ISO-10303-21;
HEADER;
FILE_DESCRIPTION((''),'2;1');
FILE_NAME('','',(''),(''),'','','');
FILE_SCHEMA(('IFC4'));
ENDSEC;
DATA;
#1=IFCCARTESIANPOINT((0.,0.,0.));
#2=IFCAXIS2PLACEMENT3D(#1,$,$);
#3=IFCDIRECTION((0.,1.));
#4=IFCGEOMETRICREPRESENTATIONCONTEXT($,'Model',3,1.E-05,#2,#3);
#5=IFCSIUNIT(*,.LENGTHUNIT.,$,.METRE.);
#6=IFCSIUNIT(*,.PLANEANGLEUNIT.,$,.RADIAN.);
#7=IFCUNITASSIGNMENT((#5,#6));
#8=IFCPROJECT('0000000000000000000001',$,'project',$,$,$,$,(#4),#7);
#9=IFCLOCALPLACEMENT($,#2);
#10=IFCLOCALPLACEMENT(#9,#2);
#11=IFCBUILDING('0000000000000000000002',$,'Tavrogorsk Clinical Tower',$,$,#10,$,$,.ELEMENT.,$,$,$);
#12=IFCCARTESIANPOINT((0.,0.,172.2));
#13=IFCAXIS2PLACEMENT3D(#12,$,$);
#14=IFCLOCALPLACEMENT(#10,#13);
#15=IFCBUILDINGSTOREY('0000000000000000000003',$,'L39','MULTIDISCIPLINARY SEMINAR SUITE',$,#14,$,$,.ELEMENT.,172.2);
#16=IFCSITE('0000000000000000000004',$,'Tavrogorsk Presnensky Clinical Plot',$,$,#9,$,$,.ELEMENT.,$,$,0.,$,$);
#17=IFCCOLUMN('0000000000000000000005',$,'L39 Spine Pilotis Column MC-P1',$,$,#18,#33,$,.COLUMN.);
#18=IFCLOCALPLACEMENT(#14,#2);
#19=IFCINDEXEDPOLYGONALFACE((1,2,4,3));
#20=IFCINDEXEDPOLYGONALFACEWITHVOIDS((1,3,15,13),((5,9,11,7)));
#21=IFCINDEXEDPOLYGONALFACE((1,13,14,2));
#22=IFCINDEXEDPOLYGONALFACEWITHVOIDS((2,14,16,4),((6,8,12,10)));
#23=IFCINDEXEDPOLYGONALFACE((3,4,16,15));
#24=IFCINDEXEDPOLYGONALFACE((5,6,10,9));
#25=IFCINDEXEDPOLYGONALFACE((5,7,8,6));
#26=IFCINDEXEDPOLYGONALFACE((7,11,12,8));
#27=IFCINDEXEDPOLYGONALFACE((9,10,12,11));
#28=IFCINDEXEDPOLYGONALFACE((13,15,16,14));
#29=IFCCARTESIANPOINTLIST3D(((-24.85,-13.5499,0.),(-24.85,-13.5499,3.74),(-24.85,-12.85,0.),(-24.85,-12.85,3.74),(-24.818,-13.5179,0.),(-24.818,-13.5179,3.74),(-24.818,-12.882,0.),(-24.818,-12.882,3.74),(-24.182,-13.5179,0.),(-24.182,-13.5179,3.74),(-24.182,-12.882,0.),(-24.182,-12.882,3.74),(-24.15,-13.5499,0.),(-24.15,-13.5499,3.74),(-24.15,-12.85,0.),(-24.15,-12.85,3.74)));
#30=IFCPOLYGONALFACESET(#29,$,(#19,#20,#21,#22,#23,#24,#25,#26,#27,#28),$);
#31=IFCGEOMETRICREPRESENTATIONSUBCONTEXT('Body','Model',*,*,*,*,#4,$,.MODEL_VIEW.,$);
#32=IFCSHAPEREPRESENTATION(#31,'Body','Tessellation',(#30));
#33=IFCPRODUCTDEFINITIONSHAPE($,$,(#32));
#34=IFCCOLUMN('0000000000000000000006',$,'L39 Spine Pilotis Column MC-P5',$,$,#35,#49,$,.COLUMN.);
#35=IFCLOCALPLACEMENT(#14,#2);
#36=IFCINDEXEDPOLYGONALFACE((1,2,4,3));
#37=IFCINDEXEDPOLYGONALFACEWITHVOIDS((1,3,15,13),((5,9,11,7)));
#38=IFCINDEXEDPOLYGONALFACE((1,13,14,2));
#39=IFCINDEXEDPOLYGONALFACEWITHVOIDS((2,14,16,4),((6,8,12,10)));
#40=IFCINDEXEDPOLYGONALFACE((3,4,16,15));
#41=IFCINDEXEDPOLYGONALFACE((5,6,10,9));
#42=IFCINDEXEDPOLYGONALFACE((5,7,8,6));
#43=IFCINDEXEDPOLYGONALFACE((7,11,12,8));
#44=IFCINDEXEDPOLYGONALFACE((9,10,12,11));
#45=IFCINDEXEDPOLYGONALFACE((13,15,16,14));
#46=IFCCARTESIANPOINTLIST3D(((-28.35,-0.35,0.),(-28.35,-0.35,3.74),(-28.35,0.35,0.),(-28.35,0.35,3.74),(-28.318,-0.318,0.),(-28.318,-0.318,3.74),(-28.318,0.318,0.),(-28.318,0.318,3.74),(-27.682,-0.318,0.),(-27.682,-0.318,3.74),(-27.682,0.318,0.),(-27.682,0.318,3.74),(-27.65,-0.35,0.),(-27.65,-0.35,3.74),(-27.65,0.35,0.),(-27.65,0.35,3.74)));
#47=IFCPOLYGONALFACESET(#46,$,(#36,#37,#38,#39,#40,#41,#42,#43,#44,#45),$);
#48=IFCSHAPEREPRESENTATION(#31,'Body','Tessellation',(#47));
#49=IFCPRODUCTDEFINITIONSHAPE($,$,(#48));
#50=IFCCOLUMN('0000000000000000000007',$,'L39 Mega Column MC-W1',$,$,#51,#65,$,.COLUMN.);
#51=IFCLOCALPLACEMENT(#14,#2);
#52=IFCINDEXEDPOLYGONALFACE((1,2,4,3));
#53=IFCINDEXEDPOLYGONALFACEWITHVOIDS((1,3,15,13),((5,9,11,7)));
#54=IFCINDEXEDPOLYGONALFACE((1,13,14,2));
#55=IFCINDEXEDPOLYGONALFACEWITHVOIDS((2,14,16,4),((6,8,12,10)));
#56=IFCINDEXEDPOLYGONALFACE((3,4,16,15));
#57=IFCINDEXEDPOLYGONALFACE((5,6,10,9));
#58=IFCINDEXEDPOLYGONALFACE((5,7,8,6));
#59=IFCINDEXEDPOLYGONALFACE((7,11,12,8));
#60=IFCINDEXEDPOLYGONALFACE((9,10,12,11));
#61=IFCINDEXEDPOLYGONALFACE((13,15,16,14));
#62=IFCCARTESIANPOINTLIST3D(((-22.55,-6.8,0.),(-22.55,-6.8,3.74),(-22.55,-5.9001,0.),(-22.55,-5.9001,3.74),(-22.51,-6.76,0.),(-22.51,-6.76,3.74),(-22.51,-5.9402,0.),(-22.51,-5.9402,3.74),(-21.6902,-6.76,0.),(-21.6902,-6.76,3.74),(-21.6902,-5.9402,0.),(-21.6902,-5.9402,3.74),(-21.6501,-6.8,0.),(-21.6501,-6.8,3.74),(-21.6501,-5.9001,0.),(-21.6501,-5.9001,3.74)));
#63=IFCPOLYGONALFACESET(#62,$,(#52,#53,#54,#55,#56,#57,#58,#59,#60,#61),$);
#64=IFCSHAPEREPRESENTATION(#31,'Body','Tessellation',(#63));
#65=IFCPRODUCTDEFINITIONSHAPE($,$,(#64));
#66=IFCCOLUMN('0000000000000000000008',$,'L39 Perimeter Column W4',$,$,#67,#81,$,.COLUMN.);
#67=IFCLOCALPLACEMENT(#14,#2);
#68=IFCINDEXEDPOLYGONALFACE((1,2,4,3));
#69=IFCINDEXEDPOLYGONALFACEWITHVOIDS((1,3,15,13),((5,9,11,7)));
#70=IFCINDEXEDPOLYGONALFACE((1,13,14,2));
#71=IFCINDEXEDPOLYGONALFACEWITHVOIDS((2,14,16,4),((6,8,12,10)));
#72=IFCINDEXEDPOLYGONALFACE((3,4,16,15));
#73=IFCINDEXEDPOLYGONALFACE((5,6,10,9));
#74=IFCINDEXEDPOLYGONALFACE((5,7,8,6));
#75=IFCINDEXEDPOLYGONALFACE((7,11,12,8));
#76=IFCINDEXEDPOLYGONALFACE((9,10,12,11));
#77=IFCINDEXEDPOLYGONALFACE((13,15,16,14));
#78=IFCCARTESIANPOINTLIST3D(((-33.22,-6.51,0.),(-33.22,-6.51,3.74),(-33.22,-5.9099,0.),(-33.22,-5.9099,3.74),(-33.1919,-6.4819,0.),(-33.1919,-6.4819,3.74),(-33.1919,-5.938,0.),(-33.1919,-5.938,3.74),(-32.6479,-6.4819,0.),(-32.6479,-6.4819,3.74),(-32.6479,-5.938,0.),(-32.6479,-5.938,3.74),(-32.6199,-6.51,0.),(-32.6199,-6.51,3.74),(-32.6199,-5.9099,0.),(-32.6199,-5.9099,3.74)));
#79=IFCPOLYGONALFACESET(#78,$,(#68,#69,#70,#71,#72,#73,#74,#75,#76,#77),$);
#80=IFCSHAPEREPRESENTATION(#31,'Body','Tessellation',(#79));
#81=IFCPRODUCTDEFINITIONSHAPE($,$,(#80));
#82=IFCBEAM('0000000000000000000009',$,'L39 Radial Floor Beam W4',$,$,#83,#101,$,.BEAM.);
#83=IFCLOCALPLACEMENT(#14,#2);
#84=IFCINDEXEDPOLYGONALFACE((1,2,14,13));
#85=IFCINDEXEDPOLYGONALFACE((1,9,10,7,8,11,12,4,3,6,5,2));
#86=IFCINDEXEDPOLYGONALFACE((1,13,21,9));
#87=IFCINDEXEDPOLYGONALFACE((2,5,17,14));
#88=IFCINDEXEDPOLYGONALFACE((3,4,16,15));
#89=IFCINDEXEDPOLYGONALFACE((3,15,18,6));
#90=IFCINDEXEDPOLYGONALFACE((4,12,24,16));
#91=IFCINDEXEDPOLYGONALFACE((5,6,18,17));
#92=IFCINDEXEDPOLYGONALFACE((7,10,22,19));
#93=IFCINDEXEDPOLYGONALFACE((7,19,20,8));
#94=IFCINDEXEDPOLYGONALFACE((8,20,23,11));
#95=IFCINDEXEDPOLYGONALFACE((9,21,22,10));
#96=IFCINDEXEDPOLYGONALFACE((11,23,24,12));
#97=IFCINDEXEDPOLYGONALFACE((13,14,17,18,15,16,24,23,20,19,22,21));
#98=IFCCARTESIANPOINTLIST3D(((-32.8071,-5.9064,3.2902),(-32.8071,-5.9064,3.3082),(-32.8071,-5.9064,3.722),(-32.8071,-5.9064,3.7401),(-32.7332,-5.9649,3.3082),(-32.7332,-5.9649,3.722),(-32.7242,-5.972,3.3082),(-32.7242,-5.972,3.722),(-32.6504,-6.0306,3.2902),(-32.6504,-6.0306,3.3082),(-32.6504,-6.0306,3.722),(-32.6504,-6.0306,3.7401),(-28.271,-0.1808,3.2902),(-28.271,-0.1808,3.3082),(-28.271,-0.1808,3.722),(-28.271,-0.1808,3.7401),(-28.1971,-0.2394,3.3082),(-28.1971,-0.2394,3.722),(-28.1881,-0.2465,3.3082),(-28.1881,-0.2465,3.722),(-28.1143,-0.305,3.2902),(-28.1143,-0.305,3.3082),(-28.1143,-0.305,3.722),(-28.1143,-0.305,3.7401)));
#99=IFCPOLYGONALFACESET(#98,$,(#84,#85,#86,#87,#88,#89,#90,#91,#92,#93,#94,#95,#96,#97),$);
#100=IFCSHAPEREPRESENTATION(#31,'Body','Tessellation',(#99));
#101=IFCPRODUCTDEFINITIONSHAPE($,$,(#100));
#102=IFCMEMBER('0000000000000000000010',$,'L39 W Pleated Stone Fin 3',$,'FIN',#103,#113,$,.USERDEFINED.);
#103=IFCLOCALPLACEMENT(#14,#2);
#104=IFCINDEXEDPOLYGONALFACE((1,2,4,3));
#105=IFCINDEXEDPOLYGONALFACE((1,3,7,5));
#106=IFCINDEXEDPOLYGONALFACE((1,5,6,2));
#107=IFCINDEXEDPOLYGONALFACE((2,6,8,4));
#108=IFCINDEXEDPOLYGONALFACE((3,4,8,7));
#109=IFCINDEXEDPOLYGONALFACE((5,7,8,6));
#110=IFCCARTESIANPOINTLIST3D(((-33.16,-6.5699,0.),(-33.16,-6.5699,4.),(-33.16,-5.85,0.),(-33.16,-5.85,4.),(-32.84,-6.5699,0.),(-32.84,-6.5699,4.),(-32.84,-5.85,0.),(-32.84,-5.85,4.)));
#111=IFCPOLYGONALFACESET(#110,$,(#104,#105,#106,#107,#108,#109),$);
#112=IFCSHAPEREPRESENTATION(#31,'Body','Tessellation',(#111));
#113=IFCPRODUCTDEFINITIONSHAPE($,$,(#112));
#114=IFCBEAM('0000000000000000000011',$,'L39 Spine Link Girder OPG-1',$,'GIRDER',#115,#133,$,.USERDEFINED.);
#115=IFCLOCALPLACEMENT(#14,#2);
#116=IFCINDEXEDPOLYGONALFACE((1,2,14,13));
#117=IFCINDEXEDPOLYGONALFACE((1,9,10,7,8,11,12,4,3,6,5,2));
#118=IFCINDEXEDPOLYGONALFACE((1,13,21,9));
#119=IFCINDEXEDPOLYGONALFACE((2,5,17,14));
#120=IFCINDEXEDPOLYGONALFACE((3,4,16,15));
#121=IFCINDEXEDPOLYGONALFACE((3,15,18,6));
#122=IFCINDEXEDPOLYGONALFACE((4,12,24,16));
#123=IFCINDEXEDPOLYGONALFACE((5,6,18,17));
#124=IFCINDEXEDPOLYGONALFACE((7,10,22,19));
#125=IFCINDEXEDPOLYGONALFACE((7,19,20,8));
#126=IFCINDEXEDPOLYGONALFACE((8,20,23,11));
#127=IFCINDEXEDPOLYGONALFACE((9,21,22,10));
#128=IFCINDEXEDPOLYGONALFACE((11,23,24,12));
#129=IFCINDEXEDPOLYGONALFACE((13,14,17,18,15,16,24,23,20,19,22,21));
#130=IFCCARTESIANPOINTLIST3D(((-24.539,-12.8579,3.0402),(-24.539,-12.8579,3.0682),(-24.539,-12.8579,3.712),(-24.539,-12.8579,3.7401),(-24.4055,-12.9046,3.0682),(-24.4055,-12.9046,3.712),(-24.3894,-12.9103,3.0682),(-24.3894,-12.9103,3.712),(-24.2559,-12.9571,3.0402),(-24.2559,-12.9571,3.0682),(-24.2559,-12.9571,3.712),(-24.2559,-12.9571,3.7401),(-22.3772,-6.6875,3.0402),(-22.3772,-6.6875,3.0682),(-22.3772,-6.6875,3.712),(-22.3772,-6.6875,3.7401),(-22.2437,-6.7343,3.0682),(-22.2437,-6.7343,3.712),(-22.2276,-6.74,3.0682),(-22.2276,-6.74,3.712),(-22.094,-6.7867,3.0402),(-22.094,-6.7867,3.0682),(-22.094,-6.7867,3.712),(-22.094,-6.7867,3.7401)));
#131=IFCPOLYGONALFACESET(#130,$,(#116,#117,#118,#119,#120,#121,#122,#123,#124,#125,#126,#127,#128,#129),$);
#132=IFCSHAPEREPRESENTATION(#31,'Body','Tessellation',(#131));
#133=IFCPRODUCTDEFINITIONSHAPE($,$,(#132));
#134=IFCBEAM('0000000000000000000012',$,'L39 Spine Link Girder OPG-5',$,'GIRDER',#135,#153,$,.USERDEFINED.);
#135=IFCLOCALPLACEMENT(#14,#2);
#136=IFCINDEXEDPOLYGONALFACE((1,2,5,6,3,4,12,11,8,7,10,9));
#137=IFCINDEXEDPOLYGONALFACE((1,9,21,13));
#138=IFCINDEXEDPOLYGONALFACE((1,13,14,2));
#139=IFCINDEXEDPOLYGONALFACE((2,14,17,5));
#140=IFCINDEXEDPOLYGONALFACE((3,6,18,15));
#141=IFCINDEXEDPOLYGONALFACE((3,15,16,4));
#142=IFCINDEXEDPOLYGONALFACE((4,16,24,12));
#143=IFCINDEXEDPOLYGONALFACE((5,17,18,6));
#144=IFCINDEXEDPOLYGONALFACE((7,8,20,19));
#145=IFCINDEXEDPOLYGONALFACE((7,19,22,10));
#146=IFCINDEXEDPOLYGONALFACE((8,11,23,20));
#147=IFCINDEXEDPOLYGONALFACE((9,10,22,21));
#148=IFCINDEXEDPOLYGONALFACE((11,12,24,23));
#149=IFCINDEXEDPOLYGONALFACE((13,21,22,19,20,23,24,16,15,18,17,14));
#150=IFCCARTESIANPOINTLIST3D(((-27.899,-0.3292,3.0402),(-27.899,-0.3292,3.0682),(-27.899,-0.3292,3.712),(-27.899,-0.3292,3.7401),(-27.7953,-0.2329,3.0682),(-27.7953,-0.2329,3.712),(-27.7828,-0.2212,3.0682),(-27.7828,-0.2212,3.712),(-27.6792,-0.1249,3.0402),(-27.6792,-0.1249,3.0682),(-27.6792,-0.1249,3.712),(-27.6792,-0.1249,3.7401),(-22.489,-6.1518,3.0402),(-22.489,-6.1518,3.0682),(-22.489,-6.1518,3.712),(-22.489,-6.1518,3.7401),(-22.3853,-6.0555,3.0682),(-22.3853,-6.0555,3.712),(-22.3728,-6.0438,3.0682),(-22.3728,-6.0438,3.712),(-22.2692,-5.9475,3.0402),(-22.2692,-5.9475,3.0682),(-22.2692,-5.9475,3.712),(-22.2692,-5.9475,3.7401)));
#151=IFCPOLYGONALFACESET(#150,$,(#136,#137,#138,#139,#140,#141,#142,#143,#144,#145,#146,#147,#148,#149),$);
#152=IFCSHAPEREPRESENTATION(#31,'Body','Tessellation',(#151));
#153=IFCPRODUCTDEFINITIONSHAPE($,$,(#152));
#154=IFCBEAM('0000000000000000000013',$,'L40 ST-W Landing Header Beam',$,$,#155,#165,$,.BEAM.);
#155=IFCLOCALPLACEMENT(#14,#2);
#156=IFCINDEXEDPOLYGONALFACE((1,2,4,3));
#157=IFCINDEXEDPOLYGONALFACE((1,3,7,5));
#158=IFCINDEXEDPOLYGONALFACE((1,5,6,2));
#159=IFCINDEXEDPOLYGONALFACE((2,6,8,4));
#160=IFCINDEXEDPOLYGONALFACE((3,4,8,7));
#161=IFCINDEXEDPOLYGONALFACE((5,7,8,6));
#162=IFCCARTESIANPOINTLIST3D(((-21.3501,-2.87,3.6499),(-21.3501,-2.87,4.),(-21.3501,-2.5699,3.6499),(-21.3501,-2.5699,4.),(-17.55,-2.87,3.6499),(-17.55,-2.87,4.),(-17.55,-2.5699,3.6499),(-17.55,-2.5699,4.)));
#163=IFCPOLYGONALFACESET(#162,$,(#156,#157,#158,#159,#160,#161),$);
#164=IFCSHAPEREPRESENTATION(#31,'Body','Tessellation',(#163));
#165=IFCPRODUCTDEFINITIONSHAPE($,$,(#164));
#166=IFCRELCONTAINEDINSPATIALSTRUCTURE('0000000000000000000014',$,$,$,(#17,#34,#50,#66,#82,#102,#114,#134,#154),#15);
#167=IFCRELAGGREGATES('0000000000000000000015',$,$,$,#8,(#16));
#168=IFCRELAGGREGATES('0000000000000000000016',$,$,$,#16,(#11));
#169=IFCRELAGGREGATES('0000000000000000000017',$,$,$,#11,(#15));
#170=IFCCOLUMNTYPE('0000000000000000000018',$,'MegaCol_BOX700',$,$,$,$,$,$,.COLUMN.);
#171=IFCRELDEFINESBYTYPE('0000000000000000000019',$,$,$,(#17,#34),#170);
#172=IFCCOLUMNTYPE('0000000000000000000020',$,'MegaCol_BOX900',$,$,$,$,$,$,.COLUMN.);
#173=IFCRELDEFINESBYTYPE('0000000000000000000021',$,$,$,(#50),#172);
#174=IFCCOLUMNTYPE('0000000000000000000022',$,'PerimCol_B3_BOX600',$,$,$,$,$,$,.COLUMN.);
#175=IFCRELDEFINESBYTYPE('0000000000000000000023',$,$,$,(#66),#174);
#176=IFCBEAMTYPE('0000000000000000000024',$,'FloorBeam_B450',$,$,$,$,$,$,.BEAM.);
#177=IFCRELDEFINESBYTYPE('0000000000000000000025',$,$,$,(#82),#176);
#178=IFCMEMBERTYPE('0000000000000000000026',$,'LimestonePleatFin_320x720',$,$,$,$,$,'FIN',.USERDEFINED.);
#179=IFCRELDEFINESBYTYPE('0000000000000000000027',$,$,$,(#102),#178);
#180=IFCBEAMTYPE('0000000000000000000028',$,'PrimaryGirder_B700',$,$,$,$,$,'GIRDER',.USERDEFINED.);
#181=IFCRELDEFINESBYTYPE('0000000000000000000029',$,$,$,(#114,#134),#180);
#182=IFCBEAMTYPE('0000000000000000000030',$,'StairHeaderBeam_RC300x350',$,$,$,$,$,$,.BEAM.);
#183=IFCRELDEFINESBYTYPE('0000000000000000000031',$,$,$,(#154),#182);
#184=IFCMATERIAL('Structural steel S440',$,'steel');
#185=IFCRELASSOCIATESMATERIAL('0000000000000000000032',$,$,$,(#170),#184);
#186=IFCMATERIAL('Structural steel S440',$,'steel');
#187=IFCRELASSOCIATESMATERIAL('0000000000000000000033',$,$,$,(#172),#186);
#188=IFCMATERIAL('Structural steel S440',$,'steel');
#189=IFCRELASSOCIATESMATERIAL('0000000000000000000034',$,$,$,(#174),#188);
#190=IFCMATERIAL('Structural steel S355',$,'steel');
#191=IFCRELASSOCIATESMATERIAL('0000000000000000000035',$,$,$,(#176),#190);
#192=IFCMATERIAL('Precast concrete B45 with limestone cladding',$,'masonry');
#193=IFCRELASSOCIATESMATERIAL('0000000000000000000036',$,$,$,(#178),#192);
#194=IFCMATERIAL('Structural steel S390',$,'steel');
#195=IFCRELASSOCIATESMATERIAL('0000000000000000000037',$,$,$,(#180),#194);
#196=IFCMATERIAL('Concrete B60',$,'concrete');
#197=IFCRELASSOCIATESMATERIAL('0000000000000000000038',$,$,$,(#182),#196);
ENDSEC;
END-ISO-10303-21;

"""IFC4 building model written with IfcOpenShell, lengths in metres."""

from ifc_helpers import new_model, si_unit, direction, frame, origin, origin_2d, place, context, subcontext, project, spatial, rectangle, hollow_rectangle, i_section, extrude, material, material_profile, profile_set, type_object, element, save


model = new_model("IFC4")

# Units and contexts
model_context = context("Model", 3, precision=1e-05, world=origin(), true_north=direction((0.0, 1.0)))
body_context = subcontext(model_context, "Body", "Model", "MODEL_VIEW")
ifc_project = project(units=[si_unit("LENGTHUNIT", "METRE"), si_unit("PLANEANGLEUNIT", "RADIAN")], contexts=[model_context])

# Site, building, storey
site_placement = place(None, origin())
site = spatial("IfcSite", under=ifc_project, at=site_placement, Name="Tavrogorsk Presnensky Clinical Plot", CompositionType="ELEMENT", RefElevation=0.0)
building_placement = place(site_placement, origin())
building = spatial("IfcBuilding", under=site, at=building_placement, Name="Tavrogorsk Clinical Tower", CompositionType="ELEMENT")
storey_placement = place(building_placement, frame((0.0, 0.0, 172.2)))
storey = spatial("IfcBuildingStorey", under=building, at=storey_placement, Name="L39", Description="MULTIDISCIPLINARY SEMINAR SUITE", CompositionType="ELEMENT", Elevation=172.2)

# Columns
ifc_material_1 = material(Name="Structural steel S440", Category="steel")
ifc_material_profile_1 = material_profile(ifc_material_1, hollow_rectangle(XDim=0.7, YDim=0.7, WallThickness=0.032, at=origin_2d()), Name="BOX-700x700x32")
ifc_profile_set_1 = profile_set([ifc_material_profile_1], Name="Structural steel S440")
column_type_1 = type_object("IfcColumnType", Name="MegaCol_BOX700", PredefinedType="COLUMN", material=ifc_profile_set_1)
for number, where, z_axis, x_axis, name in (
    (1, (-24.5, -13.2, 0.0), (0.0, 0.0, 1.0), (1.0, 0.0, 0.0), "L39 Spine Pilotis Column MC-P1"),
    (2, (-28.0, 0.0, 0.0), (0.0, 0.0, 1.0), (1.0, 0.0, 0.0), "L39 Spine Pilotis Column MC-P5"),
):
    element("IfcColumn", number, at=place(storey_placement, frame(where, z_axis=z_axis, x_axis=x_axis)), inside=storey, type_object=column_type_1, Name=name, PredefinedType="COLUMN", context=body_context, shape_type="SweptSolid", body=[
        extrude(hollow_rectangle(XDim=0.7, YDim=0.7, WallThickness=0.032, at=origin_2d()), origin(), (0.0, 0.0, 1.0), 3.74),
    ])
ifc_material_2 = material(Name="Structural steel S440", Category="steel")
ifc_material_profile_2 = material_profile(ifc_material_2, hollow_rectangle(XDim=0.8999, YDim=0.8999, WallThickness=0.04, at=origin_2d()), Name="BOX-900x900x40")
ifc_profile_set_2 = profile_set([ifc_material_profile_2], Name="Structural steel S440")
column_type_2 = type_object("IfcColumnType", Name="MegaCol_BOX900", PredefinedType="COLUMN", material=ifc_profile_set_2)
column_1_placement = place(storey_placement, frame((-22.1001, -6.3501, 0.0), z_axis=(0.0, 0.0, 1.0), x_axis=(1.0, 0.0, 0.0)))
element("IfcColumn", 3, at=column_1_placement, inside=storey, type_object=column_type_2, Name="L39 Mega Column MC-W1", PredefinedType="COLUMN", context=body_context, shape_type="SweptSolid", body=[
    extrude(hollow_rectangle(XDim=0.8999, YDim=0.8999, WallThickness=0.04, at=origin_2d()), origin(), (0.0, 0.0, 1.0), 3.74),
])
ifc_material_3 = material(Name="Structural steel S440", Category="steel")
ifc_material_profile_3 = material_profile(ifc_material_3, hollow_rectangle(XDim=0.6001, YDim=0.6001, WallThickness=0.0281, at=origin_2d()), Name="BOX-600x600x28")
ifc_profile_set_3 = profile_set([ifc_material_profile_3], Name="Structural steel S440")
column_type_3 = type_object("IfcColumnType", Name="PerimCol_B3_BOX600", PredefinedType="COLUMN", material=ifc_profile_set_3)
column_2_placement = place(storey_placement, frame((-32.9199, -6.21, 0.0), z_axis=(0.0, 0.0, 1.0), x_axis=(1.0, 0.0, 0.0)))
element("IfcColumn", 4, at=column_2_placement, inside=storey, type_object=column_type_3, Name="L39 Perimeter Column W4", PredefinedType="COLUMN", context=body_context, shape_type="SweptSolid", body=[
    extrude(hollow_rectangle(XDim=0.6001, YDim=0.6001, WallThickness=0.0281, at=origin_2d()), origin(), (0.0, 0.0, 1.0), 3.74),
])

# Beam
ifc_material_4 = material(Name="Structural steel S355", Category="steel")
ifc_material_profile_4 = material_profile(ifc_material_4, i_section(OverallWidth=0.2, OverallDepth=0.45, WebThickness=0.0115, FlangeThickness=0.0181, at=origin_2d()), Name="B-450x200x11.5x18")
ifc_profile_set_4 = profile_set([ifc_material_profile_4], Name="Structural steel S355")
beam_type_1 = type_object("IfcBeamType", Name="FloorBeam_B450", PredefinedType="BEAM", material=ifc_profile_set_4)
beam_1_placement = place(storey_placement, frame((-28.1926, -0.2429, 3.5151), z_axis=(-0.620987, -0.783821, 0.0), x_axis=(0.783821, -0.620987, 0.0)))
element("IfcBeam", 5, at=beam_1_placement, inside=storey, type_object=beam_type_1, Name="L39 Radial Floor Beam W4", PredefinedType="BEAM", context=body_context, shape_type="SweptSolid", body=[
    extrude(i_section(OverallWidth=0.2, OverallDepth=0.45, WebThickness=0.0115, FlangeThickness=0.0181, at=origin_2d()), origin(), (0.0, 0.0, 1.0), 7.3047),
])

# Member
ifc_material_5 = material(Name="Precast concrete B45 with limestone cladding", Category="masonry")
ifc_material_profile_5 = material_profile(ifc_material_5, rectangle(XDim=0.3201, YDim=0.72, at=origin_2d()), Name="LIMESTONE-FIN-320x720")
ifc_profile_set_5 = profile_set([ifc_material_profile_5], Name="Precast concrete B45 with limestone cladding")
member_type = type_object("IfcMemberType", Name="LimestonePleatFin_320x720", ElementType="FIN", PredefinedType="USERDEFINED", material=ifc_profile_set_5)
member_placement = place(storey_placement, frame((-33.0, -6.21, 0.0), z_axis=(0.0, 0.0, 1.0), x_axis=(1.0, 0.0, 0.0)))
element("IfcMember", 6, at=member_placement, inside=storey, type_object=member_type, Name="L39 W Pleated Stone Fin 3", ObjectType="FIN", PredefinedType="USERDEFINED", context=body_context, shape_type="SweptSolid", body=[
    extrude(rectangle(XDim=0.3201, YDim=0.72, at=origin_2d()), origin(), (0.0, 0.0, 1.0), 4.0),
])

# Beams
ifc_material_6 = material(Name="Structural steel S390", Category="steel")
ifc_material_profile_6 = material_profile(ifc_material_6, i_section(OverallWidth=0.3, OverallDepth=0.7, WebThickness=0.0171, FlangeThickness=0.0281, at=origin_2d()), Name="B-700x300x17x28")
ifc_profile_set_6 = profile_set([ifc_material_profile_6], Name="Structural steel S390")
beam_type_2 = type_object("IfcBeamType", Name="PrimaryGirder_B700", ElementType="GIRDER", PredefinedType="USERDEFINED", material=ifc_profile_set_6)
beam_2_placement = place(storey_placement, frame((-24.3975, -12.9075, 3.3901), z_axis=(0.330653, 0.943752, 0.0), x_axis=(-0.943752, 0.330653, 0.0)))
element("IfcBeam", 7, at=beam_2_placement, inside=storey, type_object=beam_type_2, Name="L39 Spine Link Girder OPG-1", ObjectType="GIRDER", PredefinedType="USERDEFINED", context=body_context, shape_type="SweptSolid", body=[
    extrude(i_section(OverallWidth=0.3, OverallDepth=0.7, WebThickness=0.0171, FlangeThickness=0.0281, at=origin_2d()), origin(), (0.0, 0.0, 1.0), 6.5381),
])
beam_3_placement = place(storey_placement, frame((-27.7891, -0.2271, 3.3901), z_axis=(0.680674, -0.732587, 0.0), x_axis=(0.732587, 0.680674, 0.0)))
element("IfcBeam", 8, at=beam_3_placement, inside=storey, type_object=beam_type_2, Name="L39 Spine Link Girder OPG-5", ObjectType="GIRDER", PredefinedType="USERDEFINED", context=body_context, shape_type="SweptSolid", body=[
    extrude(i_section(OverallWidth=0.3, OverallDepth=0.7, WebThickness=0.0171, FlangeThickness=0.0281, at=origin_2d()), origin(), (0.0, 0.0, 1.0), 7.948),
])
ifc_material_7 = material(Name="Concrete B60", Category="concrete")
ifc_material_profile_7 = material_profile(ifc_material_7, rectangle(XDim=0.3, YDim=0.3501, at=origin_2d()), Name="RC-SHB-300x350")
ifc_profile_set_7 = profile_set([ifc_material_profile_7], Name="Concrete B60")
beam_type_3 = type_object("IfcBeamType", Name="StairHeaderBeam_RC300x350", PredefinedType="BEAM", material=ifc_profile_set_7)
beam_4_placement = place(storey_placement, frame((-21.3501, -2.72, 3.825), z_axis=(1.0, 0.0, 0.0), x_axis=(0.0, 1.0, 0.0)))
element("IfcBeam", 9, at=beam_4_placement, inside=storey, type_object=beam_type_3, Name="L40 ST-W Landing Header Beam", PredefinedType="BEAM", context=body_context, shape_type="SweptSolid", body=[
    extrude(rectangle(XDim=0.3, YDim=0.3501, at=origin_2d()), origin(), (0.0, 0.0, 1.0), 3.8),
])

save(model, "model.ifc")
